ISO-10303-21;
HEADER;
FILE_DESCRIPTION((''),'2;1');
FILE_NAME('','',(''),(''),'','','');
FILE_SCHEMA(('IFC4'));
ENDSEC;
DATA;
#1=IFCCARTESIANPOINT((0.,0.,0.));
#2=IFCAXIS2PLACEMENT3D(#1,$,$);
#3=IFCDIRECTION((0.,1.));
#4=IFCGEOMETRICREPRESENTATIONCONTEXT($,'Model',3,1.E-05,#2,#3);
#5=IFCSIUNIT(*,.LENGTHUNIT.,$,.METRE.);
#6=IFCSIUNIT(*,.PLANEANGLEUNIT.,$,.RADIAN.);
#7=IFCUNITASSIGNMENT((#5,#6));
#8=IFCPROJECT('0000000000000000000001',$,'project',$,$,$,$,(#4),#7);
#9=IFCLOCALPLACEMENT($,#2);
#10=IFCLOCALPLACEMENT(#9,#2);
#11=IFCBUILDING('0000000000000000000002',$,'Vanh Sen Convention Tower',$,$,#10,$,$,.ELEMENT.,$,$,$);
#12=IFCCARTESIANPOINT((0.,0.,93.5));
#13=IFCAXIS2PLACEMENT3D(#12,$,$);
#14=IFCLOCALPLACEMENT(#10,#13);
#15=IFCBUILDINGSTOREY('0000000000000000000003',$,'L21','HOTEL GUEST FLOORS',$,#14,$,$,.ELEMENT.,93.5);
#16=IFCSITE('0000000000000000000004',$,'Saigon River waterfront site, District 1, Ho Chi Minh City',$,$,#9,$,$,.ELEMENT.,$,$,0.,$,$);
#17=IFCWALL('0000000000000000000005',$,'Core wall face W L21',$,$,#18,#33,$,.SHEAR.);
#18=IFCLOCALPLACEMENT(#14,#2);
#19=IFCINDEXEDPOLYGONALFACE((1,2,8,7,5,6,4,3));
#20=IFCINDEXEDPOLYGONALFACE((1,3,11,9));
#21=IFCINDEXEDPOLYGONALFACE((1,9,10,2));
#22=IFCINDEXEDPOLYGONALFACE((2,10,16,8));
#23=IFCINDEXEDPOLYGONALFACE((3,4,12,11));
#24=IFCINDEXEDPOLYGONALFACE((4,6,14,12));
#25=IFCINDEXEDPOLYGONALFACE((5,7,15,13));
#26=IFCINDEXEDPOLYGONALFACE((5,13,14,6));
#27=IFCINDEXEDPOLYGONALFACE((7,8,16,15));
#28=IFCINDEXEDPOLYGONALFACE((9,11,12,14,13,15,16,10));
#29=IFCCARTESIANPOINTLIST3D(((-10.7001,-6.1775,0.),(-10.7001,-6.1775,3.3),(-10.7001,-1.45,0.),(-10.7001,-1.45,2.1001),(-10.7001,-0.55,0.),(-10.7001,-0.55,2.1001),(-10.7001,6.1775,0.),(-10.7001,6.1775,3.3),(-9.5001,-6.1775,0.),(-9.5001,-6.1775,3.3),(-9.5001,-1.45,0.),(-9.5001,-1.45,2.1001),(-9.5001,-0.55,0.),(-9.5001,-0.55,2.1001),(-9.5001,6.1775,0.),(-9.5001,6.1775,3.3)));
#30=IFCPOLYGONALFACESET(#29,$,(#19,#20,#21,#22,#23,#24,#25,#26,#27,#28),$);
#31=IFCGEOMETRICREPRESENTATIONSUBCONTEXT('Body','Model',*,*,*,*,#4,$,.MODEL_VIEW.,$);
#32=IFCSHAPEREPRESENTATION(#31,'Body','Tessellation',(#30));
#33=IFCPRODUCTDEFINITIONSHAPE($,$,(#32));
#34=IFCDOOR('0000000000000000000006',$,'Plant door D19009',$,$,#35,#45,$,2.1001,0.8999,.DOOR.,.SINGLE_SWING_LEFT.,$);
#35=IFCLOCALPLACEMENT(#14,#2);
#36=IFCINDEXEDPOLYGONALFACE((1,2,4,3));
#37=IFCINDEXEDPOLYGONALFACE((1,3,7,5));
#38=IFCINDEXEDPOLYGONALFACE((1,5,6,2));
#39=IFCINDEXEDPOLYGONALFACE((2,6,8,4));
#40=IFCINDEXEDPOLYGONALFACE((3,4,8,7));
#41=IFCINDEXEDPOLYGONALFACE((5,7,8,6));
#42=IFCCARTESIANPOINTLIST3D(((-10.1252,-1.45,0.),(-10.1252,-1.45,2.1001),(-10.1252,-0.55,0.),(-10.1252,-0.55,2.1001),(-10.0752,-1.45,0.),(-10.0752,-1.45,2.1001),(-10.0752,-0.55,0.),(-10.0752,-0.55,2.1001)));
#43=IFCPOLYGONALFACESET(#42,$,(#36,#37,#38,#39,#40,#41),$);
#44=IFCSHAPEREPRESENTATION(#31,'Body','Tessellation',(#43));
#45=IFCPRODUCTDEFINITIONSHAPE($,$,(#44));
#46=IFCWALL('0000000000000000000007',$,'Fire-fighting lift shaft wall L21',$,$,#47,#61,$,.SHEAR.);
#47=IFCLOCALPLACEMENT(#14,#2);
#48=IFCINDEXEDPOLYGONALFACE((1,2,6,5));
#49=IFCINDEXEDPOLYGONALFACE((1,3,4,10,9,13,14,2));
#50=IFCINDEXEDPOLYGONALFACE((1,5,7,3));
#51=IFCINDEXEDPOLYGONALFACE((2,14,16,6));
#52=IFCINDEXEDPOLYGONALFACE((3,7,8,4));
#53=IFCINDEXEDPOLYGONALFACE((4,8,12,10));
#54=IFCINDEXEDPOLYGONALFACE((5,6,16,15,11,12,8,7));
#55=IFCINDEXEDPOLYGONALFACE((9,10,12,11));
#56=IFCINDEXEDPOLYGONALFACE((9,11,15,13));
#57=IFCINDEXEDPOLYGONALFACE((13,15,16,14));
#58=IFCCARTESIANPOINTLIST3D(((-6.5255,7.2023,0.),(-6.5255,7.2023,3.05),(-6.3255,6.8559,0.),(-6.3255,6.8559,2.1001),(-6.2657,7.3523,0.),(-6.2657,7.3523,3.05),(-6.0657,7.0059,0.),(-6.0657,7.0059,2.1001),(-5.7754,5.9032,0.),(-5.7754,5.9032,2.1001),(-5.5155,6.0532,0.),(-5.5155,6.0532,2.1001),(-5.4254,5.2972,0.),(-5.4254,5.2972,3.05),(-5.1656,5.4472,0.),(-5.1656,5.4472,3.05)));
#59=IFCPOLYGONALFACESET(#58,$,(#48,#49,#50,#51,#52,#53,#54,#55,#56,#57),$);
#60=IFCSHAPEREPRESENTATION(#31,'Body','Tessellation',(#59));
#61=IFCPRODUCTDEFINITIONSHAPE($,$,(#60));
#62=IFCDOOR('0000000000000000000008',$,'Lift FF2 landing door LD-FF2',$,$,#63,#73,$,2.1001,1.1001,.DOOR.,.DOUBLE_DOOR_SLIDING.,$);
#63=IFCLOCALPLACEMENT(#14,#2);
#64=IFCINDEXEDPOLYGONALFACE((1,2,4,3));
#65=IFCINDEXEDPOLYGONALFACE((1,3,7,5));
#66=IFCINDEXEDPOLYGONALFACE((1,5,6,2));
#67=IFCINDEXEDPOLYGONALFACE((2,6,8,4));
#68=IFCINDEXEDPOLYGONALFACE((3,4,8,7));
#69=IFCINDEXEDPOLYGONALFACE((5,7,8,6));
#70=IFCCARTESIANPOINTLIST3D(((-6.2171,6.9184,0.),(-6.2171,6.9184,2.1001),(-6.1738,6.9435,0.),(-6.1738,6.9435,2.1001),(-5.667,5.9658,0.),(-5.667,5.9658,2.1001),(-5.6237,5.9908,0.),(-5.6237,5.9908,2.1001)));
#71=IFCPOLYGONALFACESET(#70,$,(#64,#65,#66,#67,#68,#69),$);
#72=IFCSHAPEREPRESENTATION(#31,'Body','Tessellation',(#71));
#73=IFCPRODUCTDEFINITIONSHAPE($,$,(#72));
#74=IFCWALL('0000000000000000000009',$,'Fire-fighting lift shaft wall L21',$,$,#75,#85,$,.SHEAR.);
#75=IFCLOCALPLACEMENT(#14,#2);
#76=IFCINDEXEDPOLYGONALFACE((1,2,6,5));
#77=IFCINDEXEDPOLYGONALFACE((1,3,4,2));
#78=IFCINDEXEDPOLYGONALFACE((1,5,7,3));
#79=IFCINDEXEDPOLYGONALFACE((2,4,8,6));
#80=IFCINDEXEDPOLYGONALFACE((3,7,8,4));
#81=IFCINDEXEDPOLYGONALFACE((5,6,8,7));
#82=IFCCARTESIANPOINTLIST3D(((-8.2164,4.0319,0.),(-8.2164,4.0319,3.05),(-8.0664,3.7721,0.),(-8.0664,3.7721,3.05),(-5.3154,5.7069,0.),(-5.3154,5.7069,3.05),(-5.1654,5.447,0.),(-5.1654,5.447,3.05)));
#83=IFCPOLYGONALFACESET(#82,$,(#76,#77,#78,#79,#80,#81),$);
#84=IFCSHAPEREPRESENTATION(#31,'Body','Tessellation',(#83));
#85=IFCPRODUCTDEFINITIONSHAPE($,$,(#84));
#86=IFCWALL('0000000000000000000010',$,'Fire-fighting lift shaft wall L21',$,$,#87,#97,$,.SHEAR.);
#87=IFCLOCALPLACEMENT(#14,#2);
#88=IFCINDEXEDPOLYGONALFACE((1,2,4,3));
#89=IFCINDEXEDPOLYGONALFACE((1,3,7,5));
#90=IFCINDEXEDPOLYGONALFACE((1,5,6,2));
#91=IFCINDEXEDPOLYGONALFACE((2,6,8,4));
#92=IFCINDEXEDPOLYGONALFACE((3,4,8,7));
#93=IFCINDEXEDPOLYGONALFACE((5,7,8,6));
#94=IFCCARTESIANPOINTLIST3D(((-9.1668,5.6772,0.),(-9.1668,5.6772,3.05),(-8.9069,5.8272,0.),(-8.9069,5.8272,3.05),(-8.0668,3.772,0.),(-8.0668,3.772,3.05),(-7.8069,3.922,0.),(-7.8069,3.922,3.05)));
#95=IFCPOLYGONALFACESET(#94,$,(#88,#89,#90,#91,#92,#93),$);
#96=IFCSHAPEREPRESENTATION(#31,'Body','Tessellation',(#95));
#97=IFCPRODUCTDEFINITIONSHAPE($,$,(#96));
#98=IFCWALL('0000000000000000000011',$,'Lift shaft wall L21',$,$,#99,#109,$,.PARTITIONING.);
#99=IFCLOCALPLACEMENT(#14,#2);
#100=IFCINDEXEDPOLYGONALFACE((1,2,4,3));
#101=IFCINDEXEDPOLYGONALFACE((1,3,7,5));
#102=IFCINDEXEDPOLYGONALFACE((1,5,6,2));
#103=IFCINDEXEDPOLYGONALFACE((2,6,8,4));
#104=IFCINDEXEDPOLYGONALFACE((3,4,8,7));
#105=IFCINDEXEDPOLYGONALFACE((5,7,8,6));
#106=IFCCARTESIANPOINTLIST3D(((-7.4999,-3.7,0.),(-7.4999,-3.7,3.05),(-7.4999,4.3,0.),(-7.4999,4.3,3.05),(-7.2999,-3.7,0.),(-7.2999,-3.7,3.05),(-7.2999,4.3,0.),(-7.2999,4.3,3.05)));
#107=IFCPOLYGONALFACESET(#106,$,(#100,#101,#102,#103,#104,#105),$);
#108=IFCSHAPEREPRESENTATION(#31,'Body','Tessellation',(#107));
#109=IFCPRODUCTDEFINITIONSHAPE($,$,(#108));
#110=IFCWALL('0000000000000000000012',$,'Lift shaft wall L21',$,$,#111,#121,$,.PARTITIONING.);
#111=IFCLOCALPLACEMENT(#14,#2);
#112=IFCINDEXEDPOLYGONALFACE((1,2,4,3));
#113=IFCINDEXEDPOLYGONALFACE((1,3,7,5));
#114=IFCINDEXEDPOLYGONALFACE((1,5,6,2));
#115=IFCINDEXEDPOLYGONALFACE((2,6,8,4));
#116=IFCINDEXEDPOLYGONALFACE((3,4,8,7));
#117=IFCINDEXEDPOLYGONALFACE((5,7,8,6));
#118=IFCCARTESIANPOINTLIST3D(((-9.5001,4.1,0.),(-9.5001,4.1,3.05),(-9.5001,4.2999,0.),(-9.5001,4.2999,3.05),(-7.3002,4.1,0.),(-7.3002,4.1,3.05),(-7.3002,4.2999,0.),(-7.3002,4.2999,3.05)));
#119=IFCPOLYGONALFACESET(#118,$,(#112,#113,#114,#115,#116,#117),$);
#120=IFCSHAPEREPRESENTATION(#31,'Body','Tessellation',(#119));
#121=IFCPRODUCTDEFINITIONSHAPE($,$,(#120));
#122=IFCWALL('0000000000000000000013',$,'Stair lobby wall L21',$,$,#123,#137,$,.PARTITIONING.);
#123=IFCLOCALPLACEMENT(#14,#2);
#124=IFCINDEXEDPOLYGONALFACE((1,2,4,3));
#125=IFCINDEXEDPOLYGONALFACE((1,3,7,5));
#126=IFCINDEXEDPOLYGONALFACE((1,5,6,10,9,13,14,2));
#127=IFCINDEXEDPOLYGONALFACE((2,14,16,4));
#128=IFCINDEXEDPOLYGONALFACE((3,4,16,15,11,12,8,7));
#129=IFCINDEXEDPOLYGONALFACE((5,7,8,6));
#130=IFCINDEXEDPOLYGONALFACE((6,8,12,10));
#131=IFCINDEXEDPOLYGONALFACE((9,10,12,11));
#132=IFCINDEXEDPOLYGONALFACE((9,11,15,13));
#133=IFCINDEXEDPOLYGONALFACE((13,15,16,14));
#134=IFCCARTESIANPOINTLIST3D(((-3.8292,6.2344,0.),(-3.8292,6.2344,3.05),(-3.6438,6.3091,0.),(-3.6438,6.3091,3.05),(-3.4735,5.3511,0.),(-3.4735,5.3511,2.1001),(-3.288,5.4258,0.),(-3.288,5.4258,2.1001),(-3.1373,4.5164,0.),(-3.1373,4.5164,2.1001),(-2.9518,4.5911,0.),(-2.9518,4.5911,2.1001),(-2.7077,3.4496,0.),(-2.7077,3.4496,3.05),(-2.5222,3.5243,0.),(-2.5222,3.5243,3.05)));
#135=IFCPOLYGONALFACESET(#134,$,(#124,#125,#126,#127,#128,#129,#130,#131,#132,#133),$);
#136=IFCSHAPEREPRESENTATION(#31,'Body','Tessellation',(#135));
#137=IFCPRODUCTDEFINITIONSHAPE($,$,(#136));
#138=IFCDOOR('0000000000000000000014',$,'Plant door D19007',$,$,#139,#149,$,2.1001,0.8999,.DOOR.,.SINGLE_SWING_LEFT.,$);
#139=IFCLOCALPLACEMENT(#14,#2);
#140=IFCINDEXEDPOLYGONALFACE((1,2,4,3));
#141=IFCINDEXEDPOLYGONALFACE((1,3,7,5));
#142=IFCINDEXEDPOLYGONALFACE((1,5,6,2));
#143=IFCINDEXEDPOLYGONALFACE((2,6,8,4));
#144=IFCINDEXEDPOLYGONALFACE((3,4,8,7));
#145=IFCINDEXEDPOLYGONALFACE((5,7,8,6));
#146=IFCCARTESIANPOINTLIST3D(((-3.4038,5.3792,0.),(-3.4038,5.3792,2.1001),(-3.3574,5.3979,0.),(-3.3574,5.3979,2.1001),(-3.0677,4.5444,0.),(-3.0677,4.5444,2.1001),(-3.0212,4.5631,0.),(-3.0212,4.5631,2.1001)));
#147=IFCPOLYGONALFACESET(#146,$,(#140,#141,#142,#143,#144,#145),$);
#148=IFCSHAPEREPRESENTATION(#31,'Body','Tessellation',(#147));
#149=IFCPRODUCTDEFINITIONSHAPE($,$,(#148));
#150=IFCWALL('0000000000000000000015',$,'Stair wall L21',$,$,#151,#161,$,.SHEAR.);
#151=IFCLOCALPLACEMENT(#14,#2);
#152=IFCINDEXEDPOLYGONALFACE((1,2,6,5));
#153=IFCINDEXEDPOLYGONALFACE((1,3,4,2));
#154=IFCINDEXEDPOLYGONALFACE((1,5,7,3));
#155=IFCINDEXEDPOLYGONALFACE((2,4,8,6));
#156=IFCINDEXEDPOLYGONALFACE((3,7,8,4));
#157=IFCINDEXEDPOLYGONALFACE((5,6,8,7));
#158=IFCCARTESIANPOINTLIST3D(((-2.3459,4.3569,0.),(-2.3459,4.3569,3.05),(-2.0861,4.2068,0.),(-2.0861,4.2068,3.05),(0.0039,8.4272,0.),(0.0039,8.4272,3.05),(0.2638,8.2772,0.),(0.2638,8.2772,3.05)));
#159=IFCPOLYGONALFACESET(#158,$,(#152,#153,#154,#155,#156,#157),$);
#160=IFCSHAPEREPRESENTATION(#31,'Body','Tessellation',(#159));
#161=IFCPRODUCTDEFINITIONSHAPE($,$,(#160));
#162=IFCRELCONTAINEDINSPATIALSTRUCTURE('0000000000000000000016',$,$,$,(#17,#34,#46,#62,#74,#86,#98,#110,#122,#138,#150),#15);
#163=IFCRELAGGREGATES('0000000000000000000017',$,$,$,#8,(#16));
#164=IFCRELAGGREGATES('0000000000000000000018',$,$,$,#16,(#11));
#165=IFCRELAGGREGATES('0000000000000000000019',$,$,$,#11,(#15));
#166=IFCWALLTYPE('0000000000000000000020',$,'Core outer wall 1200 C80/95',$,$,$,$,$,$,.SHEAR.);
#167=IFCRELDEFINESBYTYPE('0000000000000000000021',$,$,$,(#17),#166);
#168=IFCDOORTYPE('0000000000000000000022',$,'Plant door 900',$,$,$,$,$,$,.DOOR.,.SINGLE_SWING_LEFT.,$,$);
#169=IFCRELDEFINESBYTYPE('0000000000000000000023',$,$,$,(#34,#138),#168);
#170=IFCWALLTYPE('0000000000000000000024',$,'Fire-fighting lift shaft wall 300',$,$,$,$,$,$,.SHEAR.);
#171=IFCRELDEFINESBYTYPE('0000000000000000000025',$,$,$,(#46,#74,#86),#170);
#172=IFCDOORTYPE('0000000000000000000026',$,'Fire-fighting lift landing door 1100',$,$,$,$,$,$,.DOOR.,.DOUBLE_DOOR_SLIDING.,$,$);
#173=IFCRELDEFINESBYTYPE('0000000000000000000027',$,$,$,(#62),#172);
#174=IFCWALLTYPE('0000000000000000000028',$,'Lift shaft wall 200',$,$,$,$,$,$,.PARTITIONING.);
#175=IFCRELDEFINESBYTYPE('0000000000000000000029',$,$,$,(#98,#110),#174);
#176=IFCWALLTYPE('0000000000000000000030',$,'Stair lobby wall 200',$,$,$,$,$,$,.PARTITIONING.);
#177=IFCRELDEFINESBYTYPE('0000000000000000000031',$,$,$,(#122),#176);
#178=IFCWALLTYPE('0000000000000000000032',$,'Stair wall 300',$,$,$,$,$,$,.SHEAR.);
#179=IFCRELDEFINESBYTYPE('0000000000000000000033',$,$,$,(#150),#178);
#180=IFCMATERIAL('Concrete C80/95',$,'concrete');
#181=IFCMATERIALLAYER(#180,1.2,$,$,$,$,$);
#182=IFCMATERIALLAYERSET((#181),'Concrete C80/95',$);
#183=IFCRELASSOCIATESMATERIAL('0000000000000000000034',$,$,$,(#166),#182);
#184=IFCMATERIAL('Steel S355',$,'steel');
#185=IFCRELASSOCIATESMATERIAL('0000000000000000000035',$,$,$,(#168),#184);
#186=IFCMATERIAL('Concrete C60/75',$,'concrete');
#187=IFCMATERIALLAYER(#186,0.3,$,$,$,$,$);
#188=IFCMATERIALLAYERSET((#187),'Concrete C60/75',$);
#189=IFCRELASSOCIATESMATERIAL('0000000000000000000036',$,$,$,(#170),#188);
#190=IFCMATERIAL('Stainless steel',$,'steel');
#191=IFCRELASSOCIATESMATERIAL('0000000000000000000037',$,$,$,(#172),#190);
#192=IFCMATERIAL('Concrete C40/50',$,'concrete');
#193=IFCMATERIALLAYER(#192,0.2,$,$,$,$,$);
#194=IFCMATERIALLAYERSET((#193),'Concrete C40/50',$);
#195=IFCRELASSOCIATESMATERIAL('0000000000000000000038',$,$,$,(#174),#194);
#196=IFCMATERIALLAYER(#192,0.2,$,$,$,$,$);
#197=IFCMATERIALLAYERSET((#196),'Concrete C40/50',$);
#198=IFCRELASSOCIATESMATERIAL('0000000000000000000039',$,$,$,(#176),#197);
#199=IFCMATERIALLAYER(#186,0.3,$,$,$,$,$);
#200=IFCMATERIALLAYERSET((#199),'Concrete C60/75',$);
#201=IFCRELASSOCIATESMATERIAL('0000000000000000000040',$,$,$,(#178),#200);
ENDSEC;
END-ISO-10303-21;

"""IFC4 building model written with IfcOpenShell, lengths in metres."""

from ifc_helpers import new_model, si_unit, direction, frame, frame_2d, origin, place, context, subcontext, project, spatial, rectangle, extrude, material, layer, layer_set, type_object, element, fill, save


model = new_model("IFC4")

# Units and contexts
model_context = context("Model", 3, precision=1e-05, world=origin(), true_north=direction((0.0, 1.0)))
body_context = subcontext(model_context, "Body", "Model", "MODEL_VIEW")
ifc_project = project(units=[si_unit("LENGTHUNIT", "METRE"), si_unit("PLANEANGLEUNIT", "RADIAN")], contexts=[model_context])

# Site, building, storey
site_placement = place(None, origin())
site = spatial("IfcSite", under=ifc_project, at=site_placement, Name="Saigon River waterfront site, District 1, Ho Chi Minh City", CompositionType="ELEMENT", RefElevation=0.0)
building_placement = place(site_placement, origin())
building = spatial("IfcBuilding", under=site, at=building_placement, Name="Vanh Sen Convention Tower", CompositionType="ELEMENT")
storey_placement = place(building_placement, frame((0.0, 0.0, 93.5)))
storey = spatial("IfcBuildingStorey", under=building, at=storey_placement, Name="L21", Description="HOTEL GUEST FLOORS", CompositionType="ELEMENT", Elevation=93.5)

# Walls, openings, doors
ifc_material_1 = material(Name="Concrete C80/95", Category="concrete")
ifc_layer_1 = layer(ifc_material_1, 1.2)
ifc_layer_set_1 = layer_set([ifc_layer_1], Name="Concrete C80/95")
wall_type_1 = type_object("IfcWallType", Name="Core outer wall 1200 C80/95", PredefinedType="SHEAR", material=ifc_layer_set_1)
wall_1_placement = place(storey_placement, frame((-10.1001, 6.1775, 0.0), z_axis=(0.0, 0.0, 1.0), x_axis=(0.0, -1.0, 0.0)))
wall_1 = element("IfcWall", 1, at=wall_1_placement, inside=storey, type_object=wall_type_1, Name="Core wall face W L21", PredefinedType="SHEAR", context=body_context, shape_type="SweptSolid", body=[
    extrude(rectangle(XDim=12.355, YDim=1.2, at=frame_2d((6.1775, 0.0))), origin(), (0.0, 0.0, 1.0), 3.3),
])
opening_1_placement = place(wall_1_placement, frame((6.7275, 0.0, 0.0)))
opening_1 = element("IfcOpeningElement", 2, at=opening_1_placement, cuts=wall_1, PredefinedType="OPENING", context=body_context, shape_type="SweptSolid", body=[
    extrude(rectangle(XDim=0.8999, YDim=2.1001, at=frame_2d((0.45, 1.05))), frame((0.0, 0.6099, 0.0), z_axis=(0.0, -1.0, 0.0), x_axis=(1.0, 0.0, 0.0)), (0.0, 0.0, 1.0), 1.22),
])
ifc_material_2 = material(Name="Steel S355", Category="steel")
door_type_1 = type_object("IfcDoorType", Name="Plant door 900", OperationType="SINGLE_SWING_LEFT", PredefinedType="DOOR", material=ifc_material_2)
door_1_placement = place(opening_1_placement, origin())
door_1 = element("IfcDoor", 3, at=door_1_placement, inside=storey, type_object=door_type_1, Name="Plant door D19009", OperationType="SINGLE_SWING_LEFT", OverallHeight=2.1001, OverallWidth=0.8999, PredefinedType="DOOR", context=body_context, shape_type="SweptSolid", body=[
    extrude(rectangle(XDim=0.8999, YDim=2.1001, at=frame_2d((0.45, 1.05))), frame((0.0, 0.0249, 0.0), z_axis=(0.0, -1.0, 0.0), x_axis=(1.0, 0.0, 0.0)), (0.0, 0.0, 1.0), 0.05),
])
fill(opening_1, door_1)
ifc_material_3 = material(Name="Concrete C60/75", Category="concrete")
ifc_layer_2 = layer(ifc_material_3, 0.3)
ifc_layer_set_2 = layer_set([ifc_layer_2], Name="Concrete C60/75")
wall_type_2 = type_object("IfcWallType", Name="Fire-fighting lift shaft wall 300", PredefinedType="SHEAR", material=ifc_layer_set_2)
wall_2_placement = place(storey_placement, frame((-5.2954, 5.3721, 0.0), z_axis=(0.0, 0.0, 1.0), x_axis=(-0.500078, 0.86598, 0.0)))
wall_2 = element("IfcWall", 4, at=wall_2_placement, inside=storey, type_object=wall_type_2, Name="Fire-fighting lift shaft wall L21", PredefinedType="SHEAR", context=body_context, shape_type="SweptSolid", body=[
    extrude(rectangle(XDim=2.2, YDim=0.3, at=frame_2d((1.1001, 0.0))), origin(), (0.0, 0.0, 1.0), 3.05),
])
opening_2_placement = place(wall_2_placement, frame((0.7, 0.0, 0.0)))
opening_2 = element("IfcOpeningElement", 5, at=opening_2_placement, cuts=wall_2, PredefinedType="OPENING", context=body_context, shape_type="SweptSolid", body=[
    extrude(rectangle(XDim=1.1001, YDim=2.1001, at=frame_2d((0.55, 1.05))), frame((0.0, 0.1599, 0.0), z_axis=(0.0, -1.0, 0.0), x_axis=(1.0, 0.0, 0.0)), (0.0, 0.0, 1.0), 0.3201),
])
ifc_material_4 = material(Name="Stainless steel", Category="steel")
door_type_2 = type_object("IfcDoorType", Name="Fire-fighting lift landing door 1100", OperationType="DOUBLE_DOOR_SLIDING", PredefinedType="DOOR", material=ifc_material_4)
door_2_placement = place(opening_2_placement, origin())
door_2 = element("IfcDoor", 6, at=door_2_placement, inside=storey, type_object=door_type_2, Name="Lift FF2 landing door LD-FF2", OperationType="DOUBLE_DOOR_SLIDING", OverallHeight=2.1001, OverallWidth=1.1001, PredefinedType="DOOR", context=body_context, shape_type="SweptSolid", body=[
    extrude(rectangle(XDim=1.1001, YDim=2.1001, at=frame_2d((0.55, 1.05))), frame((0.0, 0.0249, 0.0), z_axis=(0.0, -1.0, 0.0), x_axis=(1.0, 0.0, 0.0)), (0.0, 0.0, 1.0), 0.05),
])
fill(opening_2, door_2)

# Walls
wall_3_placement = place(storey_placement, frame((-5.2405, 5.5769, 0.0), z_axis=(0.0, 0.0, 1.0), x_axis=(-0.866014, -0.500019, 0.0)))
element("IfcWall", 7, at=wall_3_placement, inside=storey, type_object=wall_type_2, Name="Fire-fighting lift shaft wall L21", PredefinedType="SHEAR", context=body_context, shape_type="SweptSolid", body=[
    extrude(rectangle(XDim=3.3499, YDim=0.3, at=frame_2d((1.6748, 0.0))), origin(), (0.0, 0.0, 1.0), 3.05),
])
wall_4_placement = place(storey_placement, frame((-7.9368, 3.8469, 0.0), z_axis=(0.0, 0.0, 1.0), x_axis=(-0.50003, 0.866008, 0.0)))
element("IfcWall", 8, at=wall_4_placement, inside=storey, type_object=wall_type_2, Name="Fire-fighting lift shaft wall L21", PredefinedType="SHEAR", context=body_context, shape_type="SweptSolid", body=[
    extrude(rectangle(XDim=2.2, YDim=0.3, at=frame_2d((1.1001, 0.0))), origin(), (0.0, 0.0, 1.0), 3.05),
])
ifc_material_5 = material(Name="Concrete C40/50", Category="concrete")
ifc_layer_3 = layer(ifc_material_5, 0.2)
ifc_layer_set_3 = layer_set([ifc_layer_3], Name="Concrete C40/50")
wall_type_3 = type_object("IfcWallType", Name="Lift shaft wall 200", PredefinedType="PARTITIONING", material=ifc_layer_set_3)
wall_5_placement = place(storey_placement, frame((-7.3999, 4.3, 0.0), z_axis=(0.0, 0.0, 1.0), x_axis=(0.0, -1.0, 0.0)))
element("IfcWall", 9, at=wall_5_placement, inside=storey, type_object=wall_type_3, Name="Lift shaft wall L21", PredefinedType="PARTITIONING", context=body_context, shape_type="SweptSolid", body=[
    extrude(rectangle(XDim=8.0, YDim=0.2, at=frame_2d((4.0, 0.0))), origin(), (0.0, 0.0, 1.0), 3.05),
])
wall_6_placement = place(storey_placement, frame((-7.3, 4.2, 0.0), z_axis=(0.0, 0.0, 1.0), x_axis=(-1.0, 0.0, 0.0)))
element("IfcWall", 10, at=wall_6_placement, inside=storey, type_object=wall_type_3, Name="Lift shaft wall L21", PredefinedType="PARTITIONING", context=body_context, shape_type="SweptSolid", body=[
    extrude(rectangle(XDim=2.2, YDim=0.2, at=frame_2d((1.1001, 0.0))), origin(), (0.0, 0.0, 1.0), 3.05),
])

# Wall, opening, door
ifc_layer_4 = layer(ifc_material_5, 0.2)
ifc_layer_set_4 = layer_set([ifc_layer_4], Name="Concrete C40/50")
wall_type_4 = type_object("IfcWallType", Name="Stair lobby wall 200", PredefinedType="PARTITIONING", material=ifc_layer_set_4)
wall_7_placement = place(storey_placement, frame((-2.615, 3.4871, 0.0), z_axis=(0.0, 0.0, 1.0), x_axis=(-0.373577, 0.927599, 0.0)))
wall_7 = element("IfcWall", 11, at=wall_7_placement, inside=storey, type_object=wall_type_4, Name="Stair lobby wall L21", PredefinedType="PARTITIONING", context=body_context, shape_type="SweptSolid", body=[
    extrude(rectangle(XDim=3.0022, YDim=0.2, at=frame_2d((1.501, 0.0))), origin(), (0.0, 0.0, 1.0), 3.05),
])
opening_3_placement = place(wall_7_placement, frame((1.1499, 0.0, 0.0)))
opening_3 = element("IfcOpeningElement", 12, at=opening_3_placement, cuts=wall_7, PredefinedType="OPENING", context=body_context, shape_type="SweptSolid", body=[
    extrude(rectangle(XDim=0.8999, YDim=2.1001, at=frame_2d((0.45, 1.05))), frame((0.0, 0.1099, 0.0), z_axis=(0.0, -1.0, 0.0), x_axis=(1.0, 0.0, 0.0)), (0.0, 0.0, 1.0), 0.22),
])
door_3_placement = place(opening_3_placement, origin())
door_3 = element("IfcDoor", 13, at=door_3_placement, inside=storey, type_object=door_type_1, Name="Plant door D19007", OperationType="SINGLE_SWING_LEFT", OverallHeight=2.1001, OverallWidth=0.8999, PredefinedType="DOOR", context=body_context, shape_type="SweptSolid", body=[
    extrude(rectangle(XDim=0.8999, YDim=2.1001, at=frame_2d((0.45, 1.05))), frame((0.0, 0.0249, 0.0), z_axis=(0.0, -1.0, 0.0), x_axis=(1.0, 0.0, 0.0)), (0.0, 0.0, 1.0), 0.05),
])
fill(opening_3, door_3)

# Wall
ifc_layer_5 = layer(ifc_material_3, 0.3)
ifc_layer_set_5 = layer_set([ifc_layer_5], Name="Concrete C60/75")
wall_type_5 = type_object("IfcWallType", Name="Stair wall 300", PredefinedType="SHEAR", material=ifc_layer_set_5)
wall_8_placement = place(storey_placement, frame((-2.2161, 4.2817, 0.0), z_axis=(0.0, 0.0, 1.0), x_axis=(0.499977, 0.866039, 0.0)))
element("IfcWall", 14, at=wall_8_placement, inside=storey, type_object=wall_type_5, Name="Stair wall L21", PredefinedType="SHEAR", context=body_context, shape_type="SweptSolid", body=[
    extrude(rectangle(XDim=4.7, YDim=0.3, at=frame_2d((2.3501, 0.0))), origin(), (0.0, 0.0, 1.0), 3.05),
])

save(model, "model.ifc")
